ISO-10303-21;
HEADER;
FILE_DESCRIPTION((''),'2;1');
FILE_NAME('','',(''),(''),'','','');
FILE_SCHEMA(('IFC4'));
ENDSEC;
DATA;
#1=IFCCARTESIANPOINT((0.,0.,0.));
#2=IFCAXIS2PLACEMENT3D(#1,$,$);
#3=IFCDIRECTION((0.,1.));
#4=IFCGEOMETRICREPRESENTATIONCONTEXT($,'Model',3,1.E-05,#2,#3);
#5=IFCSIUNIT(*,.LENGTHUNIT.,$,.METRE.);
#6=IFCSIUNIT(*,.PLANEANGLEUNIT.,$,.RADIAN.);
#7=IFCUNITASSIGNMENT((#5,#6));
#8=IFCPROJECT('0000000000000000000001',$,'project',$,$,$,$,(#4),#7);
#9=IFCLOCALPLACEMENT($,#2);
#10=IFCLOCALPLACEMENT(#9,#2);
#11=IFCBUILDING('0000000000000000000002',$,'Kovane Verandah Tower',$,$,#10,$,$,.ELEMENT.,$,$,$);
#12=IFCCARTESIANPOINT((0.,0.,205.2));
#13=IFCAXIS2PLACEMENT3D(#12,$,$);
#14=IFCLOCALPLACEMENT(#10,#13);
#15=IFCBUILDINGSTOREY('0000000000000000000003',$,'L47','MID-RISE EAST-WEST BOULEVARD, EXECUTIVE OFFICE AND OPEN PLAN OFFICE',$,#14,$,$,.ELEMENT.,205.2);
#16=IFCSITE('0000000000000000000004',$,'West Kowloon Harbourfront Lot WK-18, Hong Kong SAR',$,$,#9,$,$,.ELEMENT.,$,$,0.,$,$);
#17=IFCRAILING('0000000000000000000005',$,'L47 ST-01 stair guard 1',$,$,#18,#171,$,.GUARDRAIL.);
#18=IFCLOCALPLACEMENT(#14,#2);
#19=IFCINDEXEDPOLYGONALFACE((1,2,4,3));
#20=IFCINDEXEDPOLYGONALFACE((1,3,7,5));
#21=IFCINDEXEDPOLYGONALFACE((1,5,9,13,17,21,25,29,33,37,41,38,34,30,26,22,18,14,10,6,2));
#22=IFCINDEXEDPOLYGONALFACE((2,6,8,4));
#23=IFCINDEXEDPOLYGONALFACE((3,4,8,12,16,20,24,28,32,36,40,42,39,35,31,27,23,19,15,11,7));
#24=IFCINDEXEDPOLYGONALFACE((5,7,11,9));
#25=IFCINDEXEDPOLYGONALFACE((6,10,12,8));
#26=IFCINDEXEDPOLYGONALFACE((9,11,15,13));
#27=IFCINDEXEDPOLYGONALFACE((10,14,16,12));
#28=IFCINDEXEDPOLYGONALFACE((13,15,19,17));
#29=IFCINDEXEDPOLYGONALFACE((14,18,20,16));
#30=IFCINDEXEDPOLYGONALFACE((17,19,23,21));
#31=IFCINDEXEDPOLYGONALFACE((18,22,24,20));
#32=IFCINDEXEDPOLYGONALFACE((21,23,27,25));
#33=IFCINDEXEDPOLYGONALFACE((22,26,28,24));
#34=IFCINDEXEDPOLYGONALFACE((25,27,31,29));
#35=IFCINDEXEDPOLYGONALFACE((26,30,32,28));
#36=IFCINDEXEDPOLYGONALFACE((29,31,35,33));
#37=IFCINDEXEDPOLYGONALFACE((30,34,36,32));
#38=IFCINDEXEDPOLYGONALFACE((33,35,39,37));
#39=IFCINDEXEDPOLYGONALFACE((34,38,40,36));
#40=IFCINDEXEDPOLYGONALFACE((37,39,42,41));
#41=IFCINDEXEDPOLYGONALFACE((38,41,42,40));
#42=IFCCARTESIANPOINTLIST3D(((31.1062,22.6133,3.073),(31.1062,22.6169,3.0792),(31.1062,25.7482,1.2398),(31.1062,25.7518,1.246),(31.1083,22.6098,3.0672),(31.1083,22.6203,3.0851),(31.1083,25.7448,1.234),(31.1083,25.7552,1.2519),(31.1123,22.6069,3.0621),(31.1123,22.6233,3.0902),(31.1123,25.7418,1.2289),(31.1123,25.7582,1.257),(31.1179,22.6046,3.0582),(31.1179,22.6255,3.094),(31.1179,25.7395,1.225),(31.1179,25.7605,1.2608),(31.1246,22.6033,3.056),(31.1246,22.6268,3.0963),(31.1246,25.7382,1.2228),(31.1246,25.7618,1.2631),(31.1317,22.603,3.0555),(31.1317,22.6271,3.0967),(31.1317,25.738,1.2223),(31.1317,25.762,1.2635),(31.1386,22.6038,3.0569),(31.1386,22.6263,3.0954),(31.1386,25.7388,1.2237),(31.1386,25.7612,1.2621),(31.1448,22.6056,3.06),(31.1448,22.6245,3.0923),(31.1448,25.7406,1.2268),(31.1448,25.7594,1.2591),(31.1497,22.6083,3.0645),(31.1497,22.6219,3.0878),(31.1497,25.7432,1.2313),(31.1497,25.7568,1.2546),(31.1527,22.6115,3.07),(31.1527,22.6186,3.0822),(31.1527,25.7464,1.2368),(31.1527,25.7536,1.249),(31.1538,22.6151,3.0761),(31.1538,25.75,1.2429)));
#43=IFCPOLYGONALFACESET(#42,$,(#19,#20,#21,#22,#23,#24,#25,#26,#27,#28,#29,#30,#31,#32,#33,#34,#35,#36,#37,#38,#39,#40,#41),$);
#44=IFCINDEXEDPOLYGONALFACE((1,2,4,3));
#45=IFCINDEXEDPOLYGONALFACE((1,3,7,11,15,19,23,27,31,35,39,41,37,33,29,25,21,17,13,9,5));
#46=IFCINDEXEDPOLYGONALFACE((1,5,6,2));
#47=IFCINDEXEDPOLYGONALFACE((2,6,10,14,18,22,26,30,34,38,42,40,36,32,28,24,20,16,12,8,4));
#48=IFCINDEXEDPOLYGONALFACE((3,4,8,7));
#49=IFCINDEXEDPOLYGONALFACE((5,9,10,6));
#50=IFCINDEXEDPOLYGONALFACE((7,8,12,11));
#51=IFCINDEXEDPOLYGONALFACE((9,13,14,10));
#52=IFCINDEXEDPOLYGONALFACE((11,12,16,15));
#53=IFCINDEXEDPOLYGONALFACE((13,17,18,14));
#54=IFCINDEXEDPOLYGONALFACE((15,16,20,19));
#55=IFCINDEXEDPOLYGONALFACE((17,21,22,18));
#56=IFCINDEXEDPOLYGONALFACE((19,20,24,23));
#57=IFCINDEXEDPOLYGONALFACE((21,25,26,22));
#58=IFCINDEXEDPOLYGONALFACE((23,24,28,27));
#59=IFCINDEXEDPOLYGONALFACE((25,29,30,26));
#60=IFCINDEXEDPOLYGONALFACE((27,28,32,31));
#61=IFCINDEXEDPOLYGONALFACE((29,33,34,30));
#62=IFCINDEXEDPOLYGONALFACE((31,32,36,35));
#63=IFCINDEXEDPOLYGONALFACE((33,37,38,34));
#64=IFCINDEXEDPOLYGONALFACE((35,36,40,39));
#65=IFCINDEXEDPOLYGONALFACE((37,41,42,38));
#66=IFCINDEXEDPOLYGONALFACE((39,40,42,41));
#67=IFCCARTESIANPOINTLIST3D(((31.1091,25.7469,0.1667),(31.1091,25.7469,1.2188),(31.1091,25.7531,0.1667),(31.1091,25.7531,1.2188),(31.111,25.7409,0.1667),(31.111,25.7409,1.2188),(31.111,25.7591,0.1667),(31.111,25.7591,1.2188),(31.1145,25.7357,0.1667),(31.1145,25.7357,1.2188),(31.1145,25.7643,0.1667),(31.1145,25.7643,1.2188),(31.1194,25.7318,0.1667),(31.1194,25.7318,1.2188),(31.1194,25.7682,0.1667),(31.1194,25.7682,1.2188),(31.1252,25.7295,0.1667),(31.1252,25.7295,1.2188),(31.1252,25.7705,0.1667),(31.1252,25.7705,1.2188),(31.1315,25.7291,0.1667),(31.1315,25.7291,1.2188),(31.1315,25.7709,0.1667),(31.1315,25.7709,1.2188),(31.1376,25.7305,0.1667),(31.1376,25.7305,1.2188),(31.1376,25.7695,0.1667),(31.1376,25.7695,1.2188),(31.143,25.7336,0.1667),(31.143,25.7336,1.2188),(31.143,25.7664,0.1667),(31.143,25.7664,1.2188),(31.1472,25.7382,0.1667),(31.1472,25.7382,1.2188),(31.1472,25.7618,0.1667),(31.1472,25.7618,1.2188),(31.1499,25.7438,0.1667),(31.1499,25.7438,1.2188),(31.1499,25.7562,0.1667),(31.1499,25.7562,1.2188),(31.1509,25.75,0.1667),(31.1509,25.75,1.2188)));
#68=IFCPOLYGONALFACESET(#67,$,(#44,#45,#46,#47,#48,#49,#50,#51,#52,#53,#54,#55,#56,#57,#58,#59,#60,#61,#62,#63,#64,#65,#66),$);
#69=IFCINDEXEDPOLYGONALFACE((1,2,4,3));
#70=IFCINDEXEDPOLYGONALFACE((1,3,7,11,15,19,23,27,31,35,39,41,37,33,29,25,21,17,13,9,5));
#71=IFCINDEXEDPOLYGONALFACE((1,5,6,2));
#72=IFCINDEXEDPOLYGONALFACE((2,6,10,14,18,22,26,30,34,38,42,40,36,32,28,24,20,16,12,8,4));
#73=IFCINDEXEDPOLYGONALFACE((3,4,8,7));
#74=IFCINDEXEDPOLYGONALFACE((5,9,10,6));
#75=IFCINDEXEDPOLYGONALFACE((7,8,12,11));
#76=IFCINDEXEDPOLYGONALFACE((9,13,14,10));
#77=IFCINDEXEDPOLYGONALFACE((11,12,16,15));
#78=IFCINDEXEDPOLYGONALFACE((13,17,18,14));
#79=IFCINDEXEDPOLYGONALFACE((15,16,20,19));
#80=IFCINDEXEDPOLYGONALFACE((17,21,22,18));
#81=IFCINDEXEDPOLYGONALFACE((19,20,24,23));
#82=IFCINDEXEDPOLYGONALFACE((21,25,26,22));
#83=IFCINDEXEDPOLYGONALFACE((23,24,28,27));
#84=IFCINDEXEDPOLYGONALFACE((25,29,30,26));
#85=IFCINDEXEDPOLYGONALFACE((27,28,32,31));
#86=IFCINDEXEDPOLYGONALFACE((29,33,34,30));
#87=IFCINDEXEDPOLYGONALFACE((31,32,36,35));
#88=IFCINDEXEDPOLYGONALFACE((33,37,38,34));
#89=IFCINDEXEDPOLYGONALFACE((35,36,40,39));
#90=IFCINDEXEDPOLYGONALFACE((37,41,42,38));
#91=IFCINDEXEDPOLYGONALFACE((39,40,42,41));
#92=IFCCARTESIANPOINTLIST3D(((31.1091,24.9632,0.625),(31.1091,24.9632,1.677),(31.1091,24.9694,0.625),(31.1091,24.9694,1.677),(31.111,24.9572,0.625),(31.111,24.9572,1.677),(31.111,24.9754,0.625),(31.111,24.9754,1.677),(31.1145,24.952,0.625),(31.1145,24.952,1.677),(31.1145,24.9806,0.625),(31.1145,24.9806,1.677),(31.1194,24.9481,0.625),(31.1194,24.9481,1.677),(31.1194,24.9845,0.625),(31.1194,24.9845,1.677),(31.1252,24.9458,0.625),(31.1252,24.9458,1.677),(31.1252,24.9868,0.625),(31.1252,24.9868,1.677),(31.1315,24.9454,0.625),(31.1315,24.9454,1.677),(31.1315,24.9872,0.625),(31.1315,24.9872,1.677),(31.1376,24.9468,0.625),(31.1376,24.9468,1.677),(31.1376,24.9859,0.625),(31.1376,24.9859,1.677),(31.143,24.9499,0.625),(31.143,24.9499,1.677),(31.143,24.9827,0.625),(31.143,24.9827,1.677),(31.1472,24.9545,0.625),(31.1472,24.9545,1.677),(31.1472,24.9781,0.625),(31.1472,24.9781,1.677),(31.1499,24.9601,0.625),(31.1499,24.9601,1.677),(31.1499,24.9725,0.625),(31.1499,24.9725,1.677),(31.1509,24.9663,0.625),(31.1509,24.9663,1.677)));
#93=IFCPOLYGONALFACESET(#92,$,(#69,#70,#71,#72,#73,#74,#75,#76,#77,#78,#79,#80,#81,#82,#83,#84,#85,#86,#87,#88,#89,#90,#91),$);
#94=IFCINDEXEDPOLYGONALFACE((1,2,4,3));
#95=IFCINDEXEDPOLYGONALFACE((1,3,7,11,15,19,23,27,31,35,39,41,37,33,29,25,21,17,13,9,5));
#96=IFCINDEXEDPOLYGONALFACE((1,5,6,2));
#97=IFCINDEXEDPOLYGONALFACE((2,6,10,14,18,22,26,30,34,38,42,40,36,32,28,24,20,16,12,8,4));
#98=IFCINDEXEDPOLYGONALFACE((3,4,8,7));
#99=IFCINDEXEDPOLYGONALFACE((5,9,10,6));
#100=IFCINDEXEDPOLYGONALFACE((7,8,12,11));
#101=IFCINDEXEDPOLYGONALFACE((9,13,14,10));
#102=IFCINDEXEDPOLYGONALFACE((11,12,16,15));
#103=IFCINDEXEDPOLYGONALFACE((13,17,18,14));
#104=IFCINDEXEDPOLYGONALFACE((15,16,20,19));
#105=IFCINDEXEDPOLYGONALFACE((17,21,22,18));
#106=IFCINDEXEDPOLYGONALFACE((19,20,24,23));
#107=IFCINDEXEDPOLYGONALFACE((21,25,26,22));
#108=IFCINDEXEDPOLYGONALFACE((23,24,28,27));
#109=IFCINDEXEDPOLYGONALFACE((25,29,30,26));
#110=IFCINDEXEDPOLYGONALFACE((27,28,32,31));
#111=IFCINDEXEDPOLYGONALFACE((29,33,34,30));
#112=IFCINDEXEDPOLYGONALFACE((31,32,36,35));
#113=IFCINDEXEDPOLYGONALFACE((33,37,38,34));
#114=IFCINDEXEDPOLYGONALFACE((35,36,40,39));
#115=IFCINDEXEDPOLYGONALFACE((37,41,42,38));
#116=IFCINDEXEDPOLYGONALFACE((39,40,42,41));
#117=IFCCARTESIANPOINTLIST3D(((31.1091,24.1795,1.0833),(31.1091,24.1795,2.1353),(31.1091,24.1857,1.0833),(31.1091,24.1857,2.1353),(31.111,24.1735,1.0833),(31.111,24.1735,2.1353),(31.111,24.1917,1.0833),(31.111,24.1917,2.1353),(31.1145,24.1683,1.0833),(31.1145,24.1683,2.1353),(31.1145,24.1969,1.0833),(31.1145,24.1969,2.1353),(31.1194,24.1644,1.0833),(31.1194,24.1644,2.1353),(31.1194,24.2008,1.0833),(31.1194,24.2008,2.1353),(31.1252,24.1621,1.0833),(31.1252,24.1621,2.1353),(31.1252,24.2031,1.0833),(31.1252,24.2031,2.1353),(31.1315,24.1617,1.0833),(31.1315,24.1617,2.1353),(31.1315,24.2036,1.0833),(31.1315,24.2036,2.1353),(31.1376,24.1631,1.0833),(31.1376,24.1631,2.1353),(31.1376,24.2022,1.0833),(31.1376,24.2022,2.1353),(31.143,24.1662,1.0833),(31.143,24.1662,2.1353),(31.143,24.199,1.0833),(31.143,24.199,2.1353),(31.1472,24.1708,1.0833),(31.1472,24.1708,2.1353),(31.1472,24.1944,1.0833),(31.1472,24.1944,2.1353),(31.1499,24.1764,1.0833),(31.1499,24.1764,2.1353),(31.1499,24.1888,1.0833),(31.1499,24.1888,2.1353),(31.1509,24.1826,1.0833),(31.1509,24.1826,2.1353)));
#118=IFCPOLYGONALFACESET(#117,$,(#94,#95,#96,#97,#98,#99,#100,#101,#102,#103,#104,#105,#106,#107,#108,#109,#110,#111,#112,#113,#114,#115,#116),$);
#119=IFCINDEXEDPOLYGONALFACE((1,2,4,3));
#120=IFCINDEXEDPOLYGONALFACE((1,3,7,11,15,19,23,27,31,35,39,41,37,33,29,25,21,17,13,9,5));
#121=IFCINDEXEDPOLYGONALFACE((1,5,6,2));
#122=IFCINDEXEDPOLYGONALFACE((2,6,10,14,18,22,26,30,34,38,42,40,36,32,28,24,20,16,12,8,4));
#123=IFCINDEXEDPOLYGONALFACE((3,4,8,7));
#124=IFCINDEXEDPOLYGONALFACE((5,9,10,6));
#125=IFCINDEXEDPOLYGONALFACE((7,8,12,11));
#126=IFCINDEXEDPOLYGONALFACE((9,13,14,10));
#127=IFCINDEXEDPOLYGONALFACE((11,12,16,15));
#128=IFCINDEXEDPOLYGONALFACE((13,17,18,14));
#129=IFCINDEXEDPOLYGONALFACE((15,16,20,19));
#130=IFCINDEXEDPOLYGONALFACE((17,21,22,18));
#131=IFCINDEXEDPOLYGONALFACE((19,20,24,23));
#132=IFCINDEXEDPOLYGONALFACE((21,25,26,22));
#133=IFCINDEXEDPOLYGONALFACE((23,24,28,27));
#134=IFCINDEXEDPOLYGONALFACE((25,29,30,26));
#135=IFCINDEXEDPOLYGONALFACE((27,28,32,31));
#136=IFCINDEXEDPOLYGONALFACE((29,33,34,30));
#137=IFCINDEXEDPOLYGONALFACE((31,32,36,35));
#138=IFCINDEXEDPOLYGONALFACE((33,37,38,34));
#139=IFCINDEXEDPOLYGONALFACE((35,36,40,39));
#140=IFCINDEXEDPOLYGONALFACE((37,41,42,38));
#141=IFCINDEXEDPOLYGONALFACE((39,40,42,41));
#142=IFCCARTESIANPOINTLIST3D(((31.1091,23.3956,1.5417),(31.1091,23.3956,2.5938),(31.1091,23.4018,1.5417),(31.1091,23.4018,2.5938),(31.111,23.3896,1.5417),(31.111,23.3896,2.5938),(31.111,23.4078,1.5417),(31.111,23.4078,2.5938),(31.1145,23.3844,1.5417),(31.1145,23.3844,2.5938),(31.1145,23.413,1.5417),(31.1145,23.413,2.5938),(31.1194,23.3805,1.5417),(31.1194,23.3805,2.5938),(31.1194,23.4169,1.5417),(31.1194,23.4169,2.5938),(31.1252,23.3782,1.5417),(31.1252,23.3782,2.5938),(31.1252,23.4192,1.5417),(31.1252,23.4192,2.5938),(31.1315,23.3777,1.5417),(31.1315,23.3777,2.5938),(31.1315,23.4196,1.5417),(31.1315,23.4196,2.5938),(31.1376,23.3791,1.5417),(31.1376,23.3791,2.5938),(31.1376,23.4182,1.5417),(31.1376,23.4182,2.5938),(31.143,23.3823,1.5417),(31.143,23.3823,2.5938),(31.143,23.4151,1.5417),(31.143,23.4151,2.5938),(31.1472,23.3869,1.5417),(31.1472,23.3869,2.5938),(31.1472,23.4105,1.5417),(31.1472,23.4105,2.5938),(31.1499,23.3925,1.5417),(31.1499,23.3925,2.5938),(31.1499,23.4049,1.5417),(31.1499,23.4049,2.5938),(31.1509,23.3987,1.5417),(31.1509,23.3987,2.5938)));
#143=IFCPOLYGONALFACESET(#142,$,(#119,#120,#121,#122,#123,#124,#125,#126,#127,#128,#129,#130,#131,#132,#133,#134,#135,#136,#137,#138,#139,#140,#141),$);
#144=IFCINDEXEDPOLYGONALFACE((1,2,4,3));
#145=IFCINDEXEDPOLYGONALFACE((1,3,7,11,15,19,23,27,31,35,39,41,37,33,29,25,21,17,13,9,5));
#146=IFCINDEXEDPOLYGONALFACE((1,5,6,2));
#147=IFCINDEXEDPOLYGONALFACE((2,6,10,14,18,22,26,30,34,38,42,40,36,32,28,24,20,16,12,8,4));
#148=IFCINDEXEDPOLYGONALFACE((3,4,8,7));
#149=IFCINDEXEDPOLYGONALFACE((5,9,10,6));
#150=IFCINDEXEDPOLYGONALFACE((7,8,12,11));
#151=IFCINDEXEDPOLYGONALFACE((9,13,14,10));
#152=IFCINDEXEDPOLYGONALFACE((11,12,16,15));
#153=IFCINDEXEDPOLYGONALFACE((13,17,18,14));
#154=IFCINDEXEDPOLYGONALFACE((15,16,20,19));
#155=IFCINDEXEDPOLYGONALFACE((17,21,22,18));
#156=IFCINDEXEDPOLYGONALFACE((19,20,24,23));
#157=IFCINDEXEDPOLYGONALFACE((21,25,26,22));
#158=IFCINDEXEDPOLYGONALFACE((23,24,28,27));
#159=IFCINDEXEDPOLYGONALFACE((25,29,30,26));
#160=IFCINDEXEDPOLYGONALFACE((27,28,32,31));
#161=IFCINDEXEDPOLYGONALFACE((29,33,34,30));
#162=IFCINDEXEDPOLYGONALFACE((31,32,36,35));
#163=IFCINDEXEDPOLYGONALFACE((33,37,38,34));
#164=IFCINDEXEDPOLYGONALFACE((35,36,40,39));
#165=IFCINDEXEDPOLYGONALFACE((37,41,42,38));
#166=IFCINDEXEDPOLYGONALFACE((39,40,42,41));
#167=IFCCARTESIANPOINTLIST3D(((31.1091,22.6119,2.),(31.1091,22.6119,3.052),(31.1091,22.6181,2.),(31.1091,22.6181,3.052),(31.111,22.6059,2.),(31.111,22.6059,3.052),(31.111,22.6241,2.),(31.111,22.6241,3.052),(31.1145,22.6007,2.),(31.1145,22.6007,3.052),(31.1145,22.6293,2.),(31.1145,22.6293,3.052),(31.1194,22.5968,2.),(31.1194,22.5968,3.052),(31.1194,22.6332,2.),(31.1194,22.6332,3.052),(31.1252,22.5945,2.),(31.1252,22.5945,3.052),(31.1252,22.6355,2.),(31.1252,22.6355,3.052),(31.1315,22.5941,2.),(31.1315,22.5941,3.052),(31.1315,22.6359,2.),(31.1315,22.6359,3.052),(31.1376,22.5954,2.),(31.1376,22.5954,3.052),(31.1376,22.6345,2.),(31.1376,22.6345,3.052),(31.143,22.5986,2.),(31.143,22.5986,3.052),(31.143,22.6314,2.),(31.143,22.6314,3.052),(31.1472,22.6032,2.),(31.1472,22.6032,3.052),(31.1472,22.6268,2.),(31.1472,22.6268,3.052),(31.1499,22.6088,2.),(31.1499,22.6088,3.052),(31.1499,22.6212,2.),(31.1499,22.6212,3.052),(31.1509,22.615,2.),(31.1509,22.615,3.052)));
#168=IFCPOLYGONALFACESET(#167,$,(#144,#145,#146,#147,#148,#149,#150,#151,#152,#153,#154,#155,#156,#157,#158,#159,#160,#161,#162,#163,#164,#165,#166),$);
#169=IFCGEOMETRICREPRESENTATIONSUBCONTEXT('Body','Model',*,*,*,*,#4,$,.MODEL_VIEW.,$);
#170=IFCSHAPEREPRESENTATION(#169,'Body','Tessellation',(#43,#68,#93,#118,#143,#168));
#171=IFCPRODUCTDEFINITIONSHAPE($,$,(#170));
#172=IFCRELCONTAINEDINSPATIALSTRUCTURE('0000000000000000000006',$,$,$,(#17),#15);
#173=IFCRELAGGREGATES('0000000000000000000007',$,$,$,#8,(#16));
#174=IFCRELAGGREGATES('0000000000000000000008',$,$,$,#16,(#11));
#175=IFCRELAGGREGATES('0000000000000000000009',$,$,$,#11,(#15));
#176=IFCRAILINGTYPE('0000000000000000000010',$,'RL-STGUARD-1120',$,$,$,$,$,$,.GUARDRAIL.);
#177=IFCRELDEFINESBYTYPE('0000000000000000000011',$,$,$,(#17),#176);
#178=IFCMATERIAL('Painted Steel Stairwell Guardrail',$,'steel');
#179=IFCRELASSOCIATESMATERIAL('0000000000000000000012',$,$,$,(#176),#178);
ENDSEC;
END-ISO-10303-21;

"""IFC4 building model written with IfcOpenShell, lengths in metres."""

from ifc_helpers import new_model, si_unit, direction, frame, origin, origin_2d, place, context, subcontext, project, spatial, circle, extrude, material, type_object, element, save


model = new_model("IFC4")

# Units and contexts
model_context = context("Model", 3, precision=1e-05, world=origin(), true_north=direction((0.0, 1.0)))
body_context = subcontext(model_context, "Body", "Model", "MODEL_VIEW")
ifc_project = project(units=[si_unit("LENGTHUNIT", "METRE"), si_unit("PLANEANGLEUNIT", "RADIAN")], contexts=[model_context])

# Site, building, storey
site_placement = place(None, origin())
site = spatial("IfcSite", under=ifc_project, at=site_placement, Name="West Kowloon Harbourfront Lot WK-18, Hong Kong SAR", CompositionType="ELEMENT", RefElevation=0.0)
building_placement = place(site_placement, origin())
building = spatial("IfcBuilding", under=site, at=building_placement, Name="Kovane Verandah Tower", CompositionType="ELEMENT")
storey_placement = place(building_placement, frame((0.0, 0.0, 205.2)))
storey = spatial("IfcBuildingStorey", under=building, at=storey_placement, Name="L47", Description="MID-RISE EAST-WEST BOULEVARD, EXECUTIVE OFFICE AND OPEN PLAN OFFICE", CompositionType="ELEMENT", Elevation=205.2)

# Railing
ifc_material_1 = material(Name="Painted Steel Stairwell Guardrail", Category="steel")
railing_type_1 = type_object("IfcRailingType", Name="RL-STGUARD-1120", PredefinedType="GUARDRAIL", material=ifc_material_1)
railing_1_placement = place(storey_placement, frame((31.1299, 25.75, 0.1667)))
element("IfcRailing", 1, at=railing_1_placement, inside=storey, type_object=railing_type_1, Name="L47 ST-01 stair guard 1", PredefinedType="GUARDRAIL", context=body_context, shape_type="SweptSolid", body=[
    extrude(circle(Radius=0.0239, at=origin_2d()), frame((0.0, 0.0, 1.0762), z_axis=(0.0, -0.86324, 0.504794), x_axis=(1.0, 0.0, 0.0)), (0.0, 0.0, 1.0), 3.6316),
    extrude(circle(Radius=0.021, at=origin_2d()), origin(), (0.0, 0.0, 1.0), 1.052),
    extrude(circle(Radius=0.021, at=origin_2d()), frame((0.0, -0.7837, 0.4583)), (0.0, 0.0, 1.0), 1.052),
    extrude(circle(Radius=0.021, at=origin_2d()), frame((0.0, -1.5674, 0.9165)), (0.0, 0.0, 1.0), 1.052),
    extrude(circle(Radius=0.021, at=origin_2d()), frame((0.0, -2.3513, 1.375)), (0.0, 0.0, 1.0), 1.052),
    extrude(circle(Radius=0.021, at=origin_2d()), frame((0.0, -3.135, 1.8333)), (0.0, 0.0, 1.0), 1.052),
])

save(model, "model.ifc")
